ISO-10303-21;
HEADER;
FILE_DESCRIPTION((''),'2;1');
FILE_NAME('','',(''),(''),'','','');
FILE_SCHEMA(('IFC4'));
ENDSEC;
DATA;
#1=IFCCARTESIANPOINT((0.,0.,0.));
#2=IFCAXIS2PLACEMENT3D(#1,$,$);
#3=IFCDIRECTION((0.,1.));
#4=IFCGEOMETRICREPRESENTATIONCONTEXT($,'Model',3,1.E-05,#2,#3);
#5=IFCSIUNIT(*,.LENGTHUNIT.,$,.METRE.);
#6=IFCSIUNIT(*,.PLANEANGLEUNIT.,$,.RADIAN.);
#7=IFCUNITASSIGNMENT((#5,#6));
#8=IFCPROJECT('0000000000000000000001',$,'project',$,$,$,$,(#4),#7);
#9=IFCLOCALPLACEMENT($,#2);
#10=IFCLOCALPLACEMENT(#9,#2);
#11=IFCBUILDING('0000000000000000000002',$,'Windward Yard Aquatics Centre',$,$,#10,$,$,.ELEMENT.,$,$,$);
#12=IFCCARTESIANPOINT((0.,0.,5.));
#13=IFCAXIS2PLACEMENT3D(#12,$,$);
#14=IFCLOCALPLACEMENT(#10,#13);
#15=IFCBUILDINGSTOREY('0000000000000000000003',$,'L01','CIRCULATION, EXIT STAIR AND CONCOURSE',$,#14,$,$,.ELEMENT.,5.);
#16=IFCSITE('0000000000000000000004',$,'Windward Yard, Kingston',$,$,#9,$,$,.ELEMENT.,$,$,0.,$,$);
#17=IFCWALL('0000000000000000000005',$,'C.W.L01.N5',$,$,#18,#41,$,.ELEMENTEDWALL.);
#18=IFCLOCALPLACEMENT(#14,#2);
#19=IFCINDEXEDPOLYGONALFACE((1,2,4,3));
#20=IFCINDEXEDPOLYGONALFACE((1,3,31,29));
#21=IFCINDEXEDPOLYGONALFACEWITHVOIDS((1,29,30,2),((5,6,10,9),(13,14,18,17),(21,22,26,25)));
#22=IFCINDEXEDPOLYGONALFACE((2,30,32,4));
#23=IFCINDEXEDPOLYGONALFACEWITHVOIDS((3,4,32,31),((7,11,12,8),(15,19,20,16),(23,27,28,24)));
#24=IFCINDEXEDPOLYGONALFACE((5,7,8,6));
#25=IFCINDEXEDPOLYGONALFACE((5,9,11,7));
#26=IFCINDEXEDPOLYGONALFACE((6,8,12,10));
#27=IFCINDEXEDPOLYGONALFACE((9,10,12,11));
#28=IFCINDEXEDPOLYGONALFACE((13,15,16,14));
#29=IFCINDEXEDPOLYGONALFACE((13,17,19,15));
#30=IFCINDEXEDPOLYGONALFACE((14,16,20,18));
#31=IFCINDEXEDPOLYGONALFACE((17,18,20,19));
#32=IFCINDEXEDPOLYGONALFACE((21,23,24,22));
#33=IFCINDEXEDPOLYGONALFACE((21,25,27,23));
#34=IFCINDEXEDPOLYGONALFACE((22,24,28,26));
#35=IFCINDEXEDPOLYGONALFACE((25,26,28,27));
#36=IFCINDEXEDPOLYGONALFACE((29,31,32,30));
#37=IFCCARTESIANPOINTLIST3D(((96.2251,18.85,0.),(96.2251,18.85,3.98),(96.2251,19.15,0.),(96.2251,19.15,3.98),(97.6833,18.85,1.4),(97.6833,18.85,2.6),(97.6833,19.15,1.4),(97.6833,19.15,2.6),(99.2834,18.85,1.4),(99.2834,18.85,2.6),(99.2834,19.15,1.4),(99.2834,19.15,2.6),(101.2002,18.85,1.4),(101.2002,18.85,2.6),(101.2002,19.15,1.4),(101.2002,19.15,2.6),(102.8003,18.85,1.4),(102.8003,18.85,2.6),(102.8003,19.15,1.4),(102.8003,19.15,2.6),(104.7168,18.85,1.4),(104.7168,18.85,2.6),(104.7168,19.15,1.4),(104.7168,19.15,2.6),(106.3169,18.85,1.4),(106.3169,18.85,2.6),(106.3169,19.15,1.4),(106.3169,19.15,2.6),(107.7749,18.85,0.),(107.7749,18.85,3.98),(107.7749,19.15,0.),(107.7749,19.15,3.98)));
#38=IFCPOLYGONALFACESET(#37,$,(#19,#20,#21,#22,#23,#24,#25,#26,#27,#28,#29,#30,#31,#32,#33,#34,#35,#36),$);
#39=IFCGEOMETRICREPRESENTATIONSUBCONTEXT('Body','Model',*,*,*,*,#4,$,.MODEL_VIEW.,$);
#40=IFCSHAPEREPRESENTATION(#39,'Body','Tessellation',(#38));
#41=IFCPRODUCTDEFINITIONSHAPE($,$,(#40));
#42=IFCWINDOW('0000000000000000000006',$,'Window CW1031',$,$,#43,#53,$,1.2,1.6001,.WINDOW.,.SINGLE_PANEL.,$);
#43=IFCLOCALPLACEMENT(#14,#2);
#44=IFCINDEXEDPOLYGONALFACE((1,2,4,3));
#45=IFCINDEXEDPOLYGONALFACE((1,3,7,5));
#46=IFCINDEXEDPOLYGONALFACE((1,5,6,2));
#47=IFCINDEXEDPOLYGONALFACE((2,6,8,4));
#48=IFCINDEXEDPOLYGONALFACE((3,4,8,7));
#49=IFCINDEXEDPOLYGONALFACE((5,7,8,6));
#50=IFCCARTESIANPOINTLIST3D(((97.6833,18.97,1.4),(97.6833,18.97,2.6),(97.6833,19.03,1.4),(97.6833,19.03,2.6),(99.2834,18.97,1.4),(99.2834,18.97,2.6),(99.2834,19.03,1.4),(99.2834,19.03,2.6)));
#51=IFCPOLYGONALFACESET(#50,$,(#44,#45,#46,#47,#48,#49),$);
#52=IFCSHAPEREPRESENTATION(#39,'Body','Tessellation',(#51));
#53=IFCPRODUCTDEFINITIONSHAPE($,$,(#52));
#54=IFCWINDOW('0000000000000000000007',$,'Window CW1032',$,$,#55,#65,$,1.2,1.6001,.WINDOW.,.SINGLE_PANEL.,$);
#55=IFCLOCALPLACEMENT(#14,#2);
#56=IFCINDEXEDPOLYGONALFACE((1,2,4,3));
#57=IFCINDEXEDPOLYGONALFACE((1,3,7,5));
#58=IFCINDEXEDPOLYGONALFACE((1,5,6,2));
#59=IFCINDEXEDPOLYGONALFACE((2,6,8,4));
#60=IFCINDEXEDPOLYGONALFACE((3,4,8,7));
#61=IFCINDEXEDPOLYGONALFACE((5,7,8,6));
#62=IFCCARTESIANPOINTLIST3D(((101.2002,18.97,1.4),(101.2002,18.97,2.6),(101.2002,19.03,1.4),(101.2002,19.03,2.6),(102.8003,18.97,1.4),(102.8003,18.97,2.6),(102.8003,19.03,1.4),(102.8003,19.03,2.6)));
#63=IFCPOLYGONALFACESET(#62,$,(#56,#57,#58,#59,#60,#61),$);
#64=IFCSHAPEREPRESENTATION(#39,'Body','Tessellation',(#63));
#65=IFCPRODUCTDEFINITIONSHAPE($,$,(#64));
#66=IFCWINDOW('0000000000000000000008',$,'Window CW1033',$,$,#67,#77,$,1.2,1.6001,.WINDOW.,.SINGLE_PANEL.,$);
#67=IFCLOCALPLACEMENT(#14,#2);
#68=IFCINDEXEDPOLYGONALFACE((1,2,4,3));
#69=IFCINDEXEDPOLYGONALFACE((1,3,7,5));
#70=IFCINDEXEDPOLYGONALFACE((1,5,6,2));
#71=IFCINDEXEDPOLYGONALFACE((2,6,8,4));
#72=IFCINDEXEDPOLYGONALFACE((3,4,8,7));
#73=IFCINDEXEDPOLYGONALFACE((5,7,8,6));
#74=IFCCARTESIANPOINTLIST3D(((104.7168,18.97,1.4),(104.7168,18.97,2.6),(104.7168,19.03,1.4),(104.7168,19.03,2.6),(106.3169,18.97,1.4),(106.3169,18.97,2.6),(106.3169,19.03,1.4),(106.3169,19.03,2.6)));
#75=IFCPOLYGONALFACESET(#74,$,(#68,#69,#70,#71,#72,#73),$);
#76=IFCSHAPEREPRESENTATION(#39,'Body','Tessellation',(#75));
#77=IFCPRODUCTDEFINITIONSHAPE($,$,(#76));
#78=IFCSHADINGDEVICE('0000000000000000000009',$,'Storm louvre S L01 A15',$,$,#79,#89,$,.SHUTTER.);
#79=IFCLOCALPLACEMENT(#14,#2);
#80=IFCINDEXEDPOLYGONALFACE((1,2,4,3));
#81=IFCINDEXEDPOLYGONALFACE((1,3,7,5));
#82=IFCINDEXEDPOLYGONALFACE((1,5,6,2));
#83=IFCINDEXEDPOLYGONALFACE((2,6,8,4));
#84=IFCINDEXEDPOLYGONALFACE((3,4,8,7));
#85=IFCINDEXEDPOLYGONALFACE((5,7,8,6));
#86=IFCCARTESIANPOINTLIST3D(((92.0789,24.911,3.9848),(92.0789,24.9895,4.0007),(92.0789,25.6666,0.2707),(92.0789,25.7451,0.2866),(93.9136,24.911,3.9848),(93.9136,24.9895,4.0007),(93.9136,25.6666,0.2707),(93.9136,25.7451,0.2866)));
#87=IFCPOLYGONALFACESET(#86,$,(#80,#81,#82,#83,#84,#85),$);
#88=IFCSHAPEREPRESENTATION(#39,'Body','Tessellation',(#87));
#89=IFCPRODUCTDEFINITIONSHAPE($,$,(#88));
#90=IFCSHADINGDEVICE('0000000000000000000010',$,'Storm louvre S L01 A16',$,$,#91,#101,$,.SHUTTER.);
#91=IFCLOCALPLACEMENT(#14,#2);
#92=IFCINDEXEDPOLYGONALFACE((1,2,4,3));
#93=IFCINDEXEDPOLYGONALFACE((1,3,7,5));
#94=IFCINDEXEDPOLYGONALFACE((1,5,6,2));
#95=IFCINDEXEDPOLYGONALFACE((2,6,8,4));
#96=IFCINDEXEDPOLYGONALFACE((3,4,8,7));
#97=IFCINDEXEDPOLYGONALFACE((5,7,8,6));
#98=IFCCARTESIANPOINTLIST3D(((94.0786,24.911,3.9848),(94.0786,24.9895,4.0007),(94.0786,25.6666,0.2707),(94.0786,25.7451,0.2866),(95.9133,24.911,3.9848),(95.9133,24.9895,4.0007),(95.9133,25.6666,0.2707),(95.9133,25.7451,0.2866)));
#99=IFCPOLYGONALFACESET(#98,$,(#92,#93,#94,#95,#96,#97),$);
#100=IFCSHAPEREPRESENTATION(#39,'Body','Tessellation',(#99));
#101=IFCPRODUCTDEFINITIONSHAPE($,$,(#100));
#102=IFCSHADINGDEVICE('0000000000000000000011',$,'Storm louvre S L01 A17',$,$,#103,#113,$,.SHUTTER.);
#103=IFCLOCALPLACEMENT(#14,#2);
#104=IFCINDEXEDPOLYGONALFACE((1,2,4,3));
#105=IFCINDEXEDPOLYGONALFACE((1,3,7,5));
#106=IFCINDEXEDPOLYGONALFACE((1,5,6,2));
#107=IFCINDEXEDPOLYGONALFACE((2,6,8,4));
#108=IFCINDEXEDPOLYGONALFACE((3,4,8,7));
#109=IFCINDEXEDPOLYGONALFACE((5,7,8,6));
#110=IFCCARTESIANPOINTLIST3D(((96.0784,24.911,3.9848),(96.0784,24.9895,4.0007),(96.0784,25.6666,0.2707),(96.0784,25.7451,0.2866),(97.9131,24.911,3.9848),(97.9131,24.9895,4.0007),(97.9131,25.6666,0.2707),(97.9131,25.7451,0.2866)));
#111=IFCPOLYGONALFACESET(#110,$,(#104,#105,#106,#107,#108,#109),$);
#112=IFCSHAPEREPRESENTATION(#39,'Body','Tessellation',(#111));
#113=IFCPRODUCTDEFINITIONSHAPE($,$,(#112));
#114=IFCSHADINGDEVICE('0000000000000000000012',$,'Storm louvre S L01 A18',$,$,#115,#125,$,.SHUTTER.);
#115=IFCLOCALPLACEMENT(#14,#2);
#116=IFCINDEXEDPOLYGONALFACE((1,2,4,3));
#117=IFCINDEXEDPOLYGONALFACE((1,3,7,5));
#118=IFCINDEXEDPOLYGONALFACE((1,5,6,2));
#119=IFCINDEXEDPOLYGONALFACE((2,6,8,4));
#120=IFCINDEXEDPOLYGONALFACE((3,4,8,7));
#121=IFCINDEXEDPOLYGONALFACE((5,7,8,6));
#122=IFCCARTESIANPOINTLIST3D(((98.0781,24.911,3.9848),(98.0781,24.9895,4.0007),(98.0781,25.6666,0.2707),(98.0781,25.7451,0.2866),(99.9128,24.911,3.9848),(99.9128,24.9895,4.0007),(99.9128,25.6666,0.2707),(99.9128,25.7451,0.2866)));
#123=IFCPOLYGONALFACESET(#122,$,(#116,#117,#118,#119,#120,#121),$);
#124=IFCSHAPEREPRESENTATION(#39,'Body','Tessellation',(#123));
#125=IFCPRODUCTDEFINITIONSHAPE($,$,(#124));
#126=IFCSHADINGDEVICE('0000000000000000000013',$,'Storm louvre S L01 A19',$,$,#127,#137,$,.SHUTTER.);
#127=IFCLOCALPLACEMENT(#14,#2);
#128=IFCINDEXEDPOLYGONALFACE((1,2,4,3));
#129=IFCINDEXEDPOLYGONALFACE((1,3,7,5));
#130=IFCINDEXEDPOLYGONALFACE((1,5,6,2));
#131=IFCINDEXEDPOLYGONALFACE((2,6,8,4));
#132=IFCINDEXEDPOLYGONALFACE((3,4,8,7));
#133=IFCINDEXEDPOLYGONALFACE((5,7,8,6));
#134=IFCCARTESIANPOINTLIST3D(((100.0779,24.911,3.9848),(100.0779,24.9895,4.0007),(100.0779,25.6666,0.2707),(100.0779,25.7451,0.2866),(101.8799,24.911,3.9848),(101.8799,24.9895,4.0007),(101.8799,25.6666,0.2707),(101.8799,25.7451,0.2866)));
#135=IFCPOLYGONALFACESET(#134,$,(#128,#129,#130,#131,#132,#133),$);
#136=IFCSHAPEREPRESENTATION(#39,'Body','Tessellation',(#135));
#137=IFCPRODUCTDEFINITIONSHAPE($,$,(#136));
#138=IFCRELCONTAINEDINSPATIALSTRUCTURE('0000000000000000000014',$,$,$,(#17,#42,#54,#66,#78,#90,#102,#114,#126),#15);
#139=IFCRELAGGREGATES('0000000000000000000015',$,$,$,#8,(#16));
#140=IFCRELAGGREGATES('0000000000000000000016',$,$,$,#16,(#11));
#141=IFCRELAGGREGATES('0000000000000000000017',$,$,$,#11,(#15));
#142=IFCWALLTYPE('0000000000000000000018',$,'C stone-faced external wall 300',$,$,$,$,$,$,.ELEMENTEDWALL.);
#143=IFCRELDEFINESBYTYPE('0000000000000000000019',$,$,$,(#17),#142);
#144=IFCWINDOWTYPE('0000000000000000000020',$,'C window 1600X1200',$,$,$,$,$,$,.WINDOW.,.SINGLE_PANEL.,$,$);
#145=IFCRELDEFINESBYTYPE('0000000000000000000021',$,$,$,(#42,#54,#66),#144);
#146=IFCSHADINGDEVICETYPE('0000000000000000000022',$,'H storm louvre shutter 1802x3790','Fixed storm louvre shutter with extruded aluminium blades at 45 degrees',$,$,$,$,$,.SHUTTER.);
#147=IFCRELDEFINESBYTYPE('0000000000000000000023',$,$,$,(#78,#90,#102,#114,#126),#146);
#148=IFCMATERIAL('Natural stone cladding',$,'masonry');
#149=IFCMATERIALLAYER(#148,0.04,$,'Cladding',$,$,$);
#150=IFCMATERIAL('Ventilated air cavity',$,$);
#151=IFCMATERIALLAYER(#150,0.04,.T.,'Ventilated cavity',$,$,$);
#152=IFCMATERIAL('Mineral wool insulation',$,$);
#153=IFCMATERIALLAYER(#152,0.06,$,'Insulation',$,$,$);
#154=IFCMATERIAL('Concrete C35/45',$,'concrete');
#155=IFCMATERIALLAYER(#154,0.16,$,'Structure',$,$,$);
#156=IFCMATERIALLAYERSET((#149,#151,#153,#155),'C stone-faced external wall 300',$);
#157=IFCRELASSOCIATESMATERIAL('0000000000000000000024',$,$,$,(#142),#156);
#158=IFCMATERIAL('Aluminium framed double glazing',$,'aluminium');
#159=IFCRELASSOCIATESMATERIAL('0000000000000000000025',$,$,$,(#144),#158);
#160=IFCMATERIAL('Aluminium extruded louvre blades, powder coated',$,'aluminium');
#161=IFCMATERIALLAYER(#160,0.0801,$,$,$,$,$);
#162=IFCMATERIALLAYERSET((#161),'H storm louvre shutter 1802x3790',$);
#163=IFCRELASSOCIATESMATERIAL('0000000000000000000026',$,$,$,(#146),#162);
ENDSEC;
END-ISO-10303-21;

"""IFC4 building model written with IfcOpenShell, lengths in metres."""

from ifc_helpers import new_model, si_unit, direction, frame, frame_2d, origin, place, context, subcontext, project, spatial, polyline, rectangle, outline, extrude, material, layer, layer_set, type_object, element, fill, save


model = new_model("IFC4")

# Units and contexts
model_context = context("Model", 3, precision=1e-05, world=origin(), true_north=direction((0.0, 1.0)))
body_context = subcontext(model_context, "Body", "Model", "MODEL_VIEW")
ifc_project = project(units=[si_unit("LENGTHUNIT", "METRE"), si_unit("PLANEANGLEUNIT", "RADIAN")], contexts=[model_context])

# Site, building, storey
site_placement = place(None, origin())
site = spatial("IfcSite", under=ifc_project, at=site_placement, Name="Windward Yard, Kingston", CompositionType="ELEMENT", RefElevation=0.0)
building_placement = place(site_placement, origin())
building = spatial("IfcBuilding", under=site, at=building_placement, Name="Windward Yard Aquatics Centre", CompositionType="ELEMENT")
storey_placement = place(building_placement, frame((0.0, 0.0, 5.0)))
storey = spatial("IfcBuildingStorey", under=building, at=storey_placement, Name="L01", Description="CIRCULATION, EXIT STAIR AND CONCOURSE", CompositionType="ELEMENT", Elevation=5.0)

# Shared definitions
ifc_material_1 = material(Name="Concrete C35/45", Category="concrete")

# Wall, openings, windows
ifc_material_2 = material(Name="Natural stone cladding", Category="masonry")
ifc_layer_1 = layer(ifc_material_2, 0.04, Name="Cladding")
ifc_material_3 = material(Name="Ventilated air cavity")
ifc_layer_2 = layer(ifc_material_3, 0.04, ventilated=True, Name="Ventilated cavity")
ifc_material_4 = material(Name="Mineral wool insulation")
ifc_layer_3 = layer(ifc_material_4, 0.06, Name="Insulation")
ifc_layer_4 = layer(ifc_material_1, 0.16, Name="Structure")
ifc_layer_set_1 = layer_set([ifc_layer_1, ifc_layer_2, ifc_layer_3, ifc_layer_4], Name="C stone-faced external wall 300")
wall_type_1 = type_object("IfcWallType", Name="C stone-faced external wall 300", PredefinedType="ELEMENTEDWALL", material=ifc_layer_set_1)
wall_1_placement = place(storey_placement, frame((96.2251, 19.0, 0.0), z_axis=(0.0, 0.0, 1.0), x_axis=(1.0, 0.0, 0.0)))
wall_1 = element("IfcWall", 1, at=wall_1_placement, inside=storey, type_object=wall_type_1, Name="C.W.L01.N5", PredefinedType="ELEMENTEDWALL", context=body_context, shape_type="SweptSolid", body=[
    extrude(rectangle(XDim=11.5498, YDim=0.3, at=frame_2d((5.7749, 0.0))), origin(), (0.0, 0.0, 1.0), 3.98),
])
opening_1_placement = place(wall_1_placement, frame((1.4583, 0.0, 1.3999)))
opening_1 = element("IfcOpeningElement", 2, at=opening_1_placement, cuts=wall_1, PredefinedType="OPENING", context=body_context, shape_type="SweptSolid", body=[
    extrude(rectangle(XDim=1.6001, YDim=1.2, at=frame_2d((0.8, 0.6001))), frame((0.0, 0.1602, 0.0), z_axis=(0.0, -1.0, 0.0), x_axis=(1.0, 0.0, 0.0)), (0.0, 0.0, 1.0), 0.3201),
])
opening_2_placement = place(wall_1_placement, frame((4.9751, 0.0, 1.3999)))
opening_2 = element("IfcOpeningElement", 3, at=opening_2_placement, cuts=wall_1, PredefinedType="OPENING", context=body_context, shape_type="SweptSolid", body=[
    extrude(rectangle(XDim=1.6001, YDim=1.2, at=frame_2d((0.8, 0.6001))), frame((0.0, 0.1602, 0.0), z_axis=(0.0, -1.0, 0.0), x_axis=(1.0, 0.0, 0.0)), (0.0, 0.0, 1.0), 0.3201),
])
opening_3_placement = place(wall_1_placement, frame((8.4917, 0.0, 1.3999)))
opening_3 = element("IfcOpeningElement", 4, at=opening_3_placement, cuts=wall_1, PredefinedType="OPENING", context=body_context, shape_type="SweptSolid", body=[
    extrude(rectangle(XDim=1.6001, YDim=1.2, at=frame_2d((0.8, 0.6001))), frame((0.0, 0.1602, 0.0), z_axis=(0.0, -1.0, 0.0), x_axis=(1.0, 0.0, 0.0)), (0.0, 0.0, 1.0), 0.3201),
])
ifc_material_5 = material(Name="Aluminium framed double glazing", Category="aluminium")
window_type = type_object("IfcWindowType", Name="C window 1600X1200", PartitioningType="SINGLE_PANEL", PredefinedType="WINDOW", material=ifc_material_5)
window_1_placement = place(opening_1_placement, origin())
window_1 = element("IfcWindow", 5, at=window_1_placement, inside=storey, type_object=window_type, Name="Window CW1031", OverallHeight=1.2, OverallWidth=1.6001, PartitioningType="SINGLE_PANEL", PredefinedType="WINDOW", context=body_context, shape_type="SweptSolid", body=[
    extrude(rectangle(XDim=1.6001, YDim=1.2, at=frame_2d((0.8, 0.6001))), frame((0.0, 0.03, 0.0), z_axis=(0.0, -1.0, 0.0), x_axis=(1.0, 0.0, 0.0)), (0.0, 0.0, 1.0), 0.0601),
])
fill(opening_1, window_1)
window_2_placement = place(opening_2_placement, origin())
window_2 = element("IfcWindow", 6, at=window_2_placement, inside=storey, type_object=window_type, Name="Window CW1032", OverallHeight=1.2, OverallWidth=1.6001, PartitioningType="SINGLE_PANEL", PredefinedType="WINDOW", context=body_context, shape_type="SweptSolid", body=[
    extrude(rectangle(XDim=1.6001, YDim=1.2, at=frame_2d((0.8, 0.6001))), frame((0.0, 0.03, 0.0), z_axis=(0.0, -1.0, 0.0), x_axis=(1.0, 0.0, 0.0)), (0.0, 0.0, 1.0), 0.0601),
])
fill(opening_2, window_2)
window_3_placement = place(opening_3_placement, origin())
window_3 = element("IfcWindow", 7, at=window_3_placement, inside=storey, type_object=window_type, Name="Window CW1033", OverallHeight=1.2, OverallWidth=1.6001, PartitioningType="SINGLE_PANEL", PredefinedType="WINDOW", context=body_context, shape_type="SweptSolid", body=[
    extrude(rectangle(XDim=1.6001, YDim=1.2, at=frame_2d((0.8, 0.6001))), frame((0.0, 0.03, 0.0), z_axis=(0.0, -1.0, 0.0), x_axis=(1.0, 0.0, 0.0)), (0.0, 0.0, 1.0), 0.0601),
])
fill(opening_3, window_3)

# Shading devices
ifc_material_6 = material(Name="Aluminium extruded louvre blades, powder coated", Category="aluminium")
ifc_layer_5 = layer(ifc_material_6, 0.0801)
ifc_layer_set_2 = layer_set([ifc_layer_5], Name="H storm louvre shutter 1802x3790")
shading_device_type = type_object("IfcShadingDeviceType", Name="H storm louvre shutter 1802x3790", Description="Fixed storm louvre shutter with extruded aluminium blades at 45 degrees", PredefinedType="SHUTTER", material=ifc_layer_set_2)
for number, where, z_axis, x_axis, name in (
    (8, (92.0789, 24.9895, 4.0007), (0.0, 0.979926, 0.199361), (0.0, 0.199361, -0.979926), "Storm louvre S L01 A15"),
    (9, (94.0786, 24.9895, 4.0007), (0.0, 0.979926, 0.199361), (0.0, 0.199361, -0.979926), "Storm louvre S L01 A16"),
    (10, (96.0784, 24.9895, 4.0007), (0.0, 0.979926, 0.199361), (0.0, 0.199361, -0.979926), "Storm louvre S L01 A17"),
    (11, (98.0781, 24.9895, 4.0007), (0.0, 0.979926, 0.199361), (0.0, 0.199361, -0.979926), "Storm louvre S L01 A18"),
):
    element("IfcShadingDevice", number, at=place(storey_placement, frame(where, z_axis=z_axis, x_axis=x_axis)), inside=storey, type_object=shading_device_type, Name=name, PredefinedType="SHUTTER", context=body_context, shape_type="SweptSolid", body=[
        extrude(outline(polyline([(0.0, 0.0), (3.7902, 0.0), (3.7902, -1.8347), (0.0, -1.8347), (0.0, 0.0)])), origin(), (0.0, 0.0, -1.0), 0.0801),
    ])
shading_device_placement = place(storey_placement, frame((100.0779, 24.9895, 4.0007), z_axis=(0.0, 0.979926, 0.199361), x_axis=(0.0, 0.199361, -0.979926)))
element("IfcShadingDevice", 12, at=shading_device_placement, inside=storey, type_object=shading_device_type, Name="Storm louvre S L01 A19", PredefinedType="SHUTTER", context=body_context, shape_type="SweptSolid", body=[
    extrude(outline(polyline([(0.0, 0.0), (3.7902, 0.0), (3.7902, -1.802), (0.0, -1.802), (0.0, 0.0)])), origin(), (0.0, 0.0, -1.0), 0.0801),
])

save(model, "model.ifc")
